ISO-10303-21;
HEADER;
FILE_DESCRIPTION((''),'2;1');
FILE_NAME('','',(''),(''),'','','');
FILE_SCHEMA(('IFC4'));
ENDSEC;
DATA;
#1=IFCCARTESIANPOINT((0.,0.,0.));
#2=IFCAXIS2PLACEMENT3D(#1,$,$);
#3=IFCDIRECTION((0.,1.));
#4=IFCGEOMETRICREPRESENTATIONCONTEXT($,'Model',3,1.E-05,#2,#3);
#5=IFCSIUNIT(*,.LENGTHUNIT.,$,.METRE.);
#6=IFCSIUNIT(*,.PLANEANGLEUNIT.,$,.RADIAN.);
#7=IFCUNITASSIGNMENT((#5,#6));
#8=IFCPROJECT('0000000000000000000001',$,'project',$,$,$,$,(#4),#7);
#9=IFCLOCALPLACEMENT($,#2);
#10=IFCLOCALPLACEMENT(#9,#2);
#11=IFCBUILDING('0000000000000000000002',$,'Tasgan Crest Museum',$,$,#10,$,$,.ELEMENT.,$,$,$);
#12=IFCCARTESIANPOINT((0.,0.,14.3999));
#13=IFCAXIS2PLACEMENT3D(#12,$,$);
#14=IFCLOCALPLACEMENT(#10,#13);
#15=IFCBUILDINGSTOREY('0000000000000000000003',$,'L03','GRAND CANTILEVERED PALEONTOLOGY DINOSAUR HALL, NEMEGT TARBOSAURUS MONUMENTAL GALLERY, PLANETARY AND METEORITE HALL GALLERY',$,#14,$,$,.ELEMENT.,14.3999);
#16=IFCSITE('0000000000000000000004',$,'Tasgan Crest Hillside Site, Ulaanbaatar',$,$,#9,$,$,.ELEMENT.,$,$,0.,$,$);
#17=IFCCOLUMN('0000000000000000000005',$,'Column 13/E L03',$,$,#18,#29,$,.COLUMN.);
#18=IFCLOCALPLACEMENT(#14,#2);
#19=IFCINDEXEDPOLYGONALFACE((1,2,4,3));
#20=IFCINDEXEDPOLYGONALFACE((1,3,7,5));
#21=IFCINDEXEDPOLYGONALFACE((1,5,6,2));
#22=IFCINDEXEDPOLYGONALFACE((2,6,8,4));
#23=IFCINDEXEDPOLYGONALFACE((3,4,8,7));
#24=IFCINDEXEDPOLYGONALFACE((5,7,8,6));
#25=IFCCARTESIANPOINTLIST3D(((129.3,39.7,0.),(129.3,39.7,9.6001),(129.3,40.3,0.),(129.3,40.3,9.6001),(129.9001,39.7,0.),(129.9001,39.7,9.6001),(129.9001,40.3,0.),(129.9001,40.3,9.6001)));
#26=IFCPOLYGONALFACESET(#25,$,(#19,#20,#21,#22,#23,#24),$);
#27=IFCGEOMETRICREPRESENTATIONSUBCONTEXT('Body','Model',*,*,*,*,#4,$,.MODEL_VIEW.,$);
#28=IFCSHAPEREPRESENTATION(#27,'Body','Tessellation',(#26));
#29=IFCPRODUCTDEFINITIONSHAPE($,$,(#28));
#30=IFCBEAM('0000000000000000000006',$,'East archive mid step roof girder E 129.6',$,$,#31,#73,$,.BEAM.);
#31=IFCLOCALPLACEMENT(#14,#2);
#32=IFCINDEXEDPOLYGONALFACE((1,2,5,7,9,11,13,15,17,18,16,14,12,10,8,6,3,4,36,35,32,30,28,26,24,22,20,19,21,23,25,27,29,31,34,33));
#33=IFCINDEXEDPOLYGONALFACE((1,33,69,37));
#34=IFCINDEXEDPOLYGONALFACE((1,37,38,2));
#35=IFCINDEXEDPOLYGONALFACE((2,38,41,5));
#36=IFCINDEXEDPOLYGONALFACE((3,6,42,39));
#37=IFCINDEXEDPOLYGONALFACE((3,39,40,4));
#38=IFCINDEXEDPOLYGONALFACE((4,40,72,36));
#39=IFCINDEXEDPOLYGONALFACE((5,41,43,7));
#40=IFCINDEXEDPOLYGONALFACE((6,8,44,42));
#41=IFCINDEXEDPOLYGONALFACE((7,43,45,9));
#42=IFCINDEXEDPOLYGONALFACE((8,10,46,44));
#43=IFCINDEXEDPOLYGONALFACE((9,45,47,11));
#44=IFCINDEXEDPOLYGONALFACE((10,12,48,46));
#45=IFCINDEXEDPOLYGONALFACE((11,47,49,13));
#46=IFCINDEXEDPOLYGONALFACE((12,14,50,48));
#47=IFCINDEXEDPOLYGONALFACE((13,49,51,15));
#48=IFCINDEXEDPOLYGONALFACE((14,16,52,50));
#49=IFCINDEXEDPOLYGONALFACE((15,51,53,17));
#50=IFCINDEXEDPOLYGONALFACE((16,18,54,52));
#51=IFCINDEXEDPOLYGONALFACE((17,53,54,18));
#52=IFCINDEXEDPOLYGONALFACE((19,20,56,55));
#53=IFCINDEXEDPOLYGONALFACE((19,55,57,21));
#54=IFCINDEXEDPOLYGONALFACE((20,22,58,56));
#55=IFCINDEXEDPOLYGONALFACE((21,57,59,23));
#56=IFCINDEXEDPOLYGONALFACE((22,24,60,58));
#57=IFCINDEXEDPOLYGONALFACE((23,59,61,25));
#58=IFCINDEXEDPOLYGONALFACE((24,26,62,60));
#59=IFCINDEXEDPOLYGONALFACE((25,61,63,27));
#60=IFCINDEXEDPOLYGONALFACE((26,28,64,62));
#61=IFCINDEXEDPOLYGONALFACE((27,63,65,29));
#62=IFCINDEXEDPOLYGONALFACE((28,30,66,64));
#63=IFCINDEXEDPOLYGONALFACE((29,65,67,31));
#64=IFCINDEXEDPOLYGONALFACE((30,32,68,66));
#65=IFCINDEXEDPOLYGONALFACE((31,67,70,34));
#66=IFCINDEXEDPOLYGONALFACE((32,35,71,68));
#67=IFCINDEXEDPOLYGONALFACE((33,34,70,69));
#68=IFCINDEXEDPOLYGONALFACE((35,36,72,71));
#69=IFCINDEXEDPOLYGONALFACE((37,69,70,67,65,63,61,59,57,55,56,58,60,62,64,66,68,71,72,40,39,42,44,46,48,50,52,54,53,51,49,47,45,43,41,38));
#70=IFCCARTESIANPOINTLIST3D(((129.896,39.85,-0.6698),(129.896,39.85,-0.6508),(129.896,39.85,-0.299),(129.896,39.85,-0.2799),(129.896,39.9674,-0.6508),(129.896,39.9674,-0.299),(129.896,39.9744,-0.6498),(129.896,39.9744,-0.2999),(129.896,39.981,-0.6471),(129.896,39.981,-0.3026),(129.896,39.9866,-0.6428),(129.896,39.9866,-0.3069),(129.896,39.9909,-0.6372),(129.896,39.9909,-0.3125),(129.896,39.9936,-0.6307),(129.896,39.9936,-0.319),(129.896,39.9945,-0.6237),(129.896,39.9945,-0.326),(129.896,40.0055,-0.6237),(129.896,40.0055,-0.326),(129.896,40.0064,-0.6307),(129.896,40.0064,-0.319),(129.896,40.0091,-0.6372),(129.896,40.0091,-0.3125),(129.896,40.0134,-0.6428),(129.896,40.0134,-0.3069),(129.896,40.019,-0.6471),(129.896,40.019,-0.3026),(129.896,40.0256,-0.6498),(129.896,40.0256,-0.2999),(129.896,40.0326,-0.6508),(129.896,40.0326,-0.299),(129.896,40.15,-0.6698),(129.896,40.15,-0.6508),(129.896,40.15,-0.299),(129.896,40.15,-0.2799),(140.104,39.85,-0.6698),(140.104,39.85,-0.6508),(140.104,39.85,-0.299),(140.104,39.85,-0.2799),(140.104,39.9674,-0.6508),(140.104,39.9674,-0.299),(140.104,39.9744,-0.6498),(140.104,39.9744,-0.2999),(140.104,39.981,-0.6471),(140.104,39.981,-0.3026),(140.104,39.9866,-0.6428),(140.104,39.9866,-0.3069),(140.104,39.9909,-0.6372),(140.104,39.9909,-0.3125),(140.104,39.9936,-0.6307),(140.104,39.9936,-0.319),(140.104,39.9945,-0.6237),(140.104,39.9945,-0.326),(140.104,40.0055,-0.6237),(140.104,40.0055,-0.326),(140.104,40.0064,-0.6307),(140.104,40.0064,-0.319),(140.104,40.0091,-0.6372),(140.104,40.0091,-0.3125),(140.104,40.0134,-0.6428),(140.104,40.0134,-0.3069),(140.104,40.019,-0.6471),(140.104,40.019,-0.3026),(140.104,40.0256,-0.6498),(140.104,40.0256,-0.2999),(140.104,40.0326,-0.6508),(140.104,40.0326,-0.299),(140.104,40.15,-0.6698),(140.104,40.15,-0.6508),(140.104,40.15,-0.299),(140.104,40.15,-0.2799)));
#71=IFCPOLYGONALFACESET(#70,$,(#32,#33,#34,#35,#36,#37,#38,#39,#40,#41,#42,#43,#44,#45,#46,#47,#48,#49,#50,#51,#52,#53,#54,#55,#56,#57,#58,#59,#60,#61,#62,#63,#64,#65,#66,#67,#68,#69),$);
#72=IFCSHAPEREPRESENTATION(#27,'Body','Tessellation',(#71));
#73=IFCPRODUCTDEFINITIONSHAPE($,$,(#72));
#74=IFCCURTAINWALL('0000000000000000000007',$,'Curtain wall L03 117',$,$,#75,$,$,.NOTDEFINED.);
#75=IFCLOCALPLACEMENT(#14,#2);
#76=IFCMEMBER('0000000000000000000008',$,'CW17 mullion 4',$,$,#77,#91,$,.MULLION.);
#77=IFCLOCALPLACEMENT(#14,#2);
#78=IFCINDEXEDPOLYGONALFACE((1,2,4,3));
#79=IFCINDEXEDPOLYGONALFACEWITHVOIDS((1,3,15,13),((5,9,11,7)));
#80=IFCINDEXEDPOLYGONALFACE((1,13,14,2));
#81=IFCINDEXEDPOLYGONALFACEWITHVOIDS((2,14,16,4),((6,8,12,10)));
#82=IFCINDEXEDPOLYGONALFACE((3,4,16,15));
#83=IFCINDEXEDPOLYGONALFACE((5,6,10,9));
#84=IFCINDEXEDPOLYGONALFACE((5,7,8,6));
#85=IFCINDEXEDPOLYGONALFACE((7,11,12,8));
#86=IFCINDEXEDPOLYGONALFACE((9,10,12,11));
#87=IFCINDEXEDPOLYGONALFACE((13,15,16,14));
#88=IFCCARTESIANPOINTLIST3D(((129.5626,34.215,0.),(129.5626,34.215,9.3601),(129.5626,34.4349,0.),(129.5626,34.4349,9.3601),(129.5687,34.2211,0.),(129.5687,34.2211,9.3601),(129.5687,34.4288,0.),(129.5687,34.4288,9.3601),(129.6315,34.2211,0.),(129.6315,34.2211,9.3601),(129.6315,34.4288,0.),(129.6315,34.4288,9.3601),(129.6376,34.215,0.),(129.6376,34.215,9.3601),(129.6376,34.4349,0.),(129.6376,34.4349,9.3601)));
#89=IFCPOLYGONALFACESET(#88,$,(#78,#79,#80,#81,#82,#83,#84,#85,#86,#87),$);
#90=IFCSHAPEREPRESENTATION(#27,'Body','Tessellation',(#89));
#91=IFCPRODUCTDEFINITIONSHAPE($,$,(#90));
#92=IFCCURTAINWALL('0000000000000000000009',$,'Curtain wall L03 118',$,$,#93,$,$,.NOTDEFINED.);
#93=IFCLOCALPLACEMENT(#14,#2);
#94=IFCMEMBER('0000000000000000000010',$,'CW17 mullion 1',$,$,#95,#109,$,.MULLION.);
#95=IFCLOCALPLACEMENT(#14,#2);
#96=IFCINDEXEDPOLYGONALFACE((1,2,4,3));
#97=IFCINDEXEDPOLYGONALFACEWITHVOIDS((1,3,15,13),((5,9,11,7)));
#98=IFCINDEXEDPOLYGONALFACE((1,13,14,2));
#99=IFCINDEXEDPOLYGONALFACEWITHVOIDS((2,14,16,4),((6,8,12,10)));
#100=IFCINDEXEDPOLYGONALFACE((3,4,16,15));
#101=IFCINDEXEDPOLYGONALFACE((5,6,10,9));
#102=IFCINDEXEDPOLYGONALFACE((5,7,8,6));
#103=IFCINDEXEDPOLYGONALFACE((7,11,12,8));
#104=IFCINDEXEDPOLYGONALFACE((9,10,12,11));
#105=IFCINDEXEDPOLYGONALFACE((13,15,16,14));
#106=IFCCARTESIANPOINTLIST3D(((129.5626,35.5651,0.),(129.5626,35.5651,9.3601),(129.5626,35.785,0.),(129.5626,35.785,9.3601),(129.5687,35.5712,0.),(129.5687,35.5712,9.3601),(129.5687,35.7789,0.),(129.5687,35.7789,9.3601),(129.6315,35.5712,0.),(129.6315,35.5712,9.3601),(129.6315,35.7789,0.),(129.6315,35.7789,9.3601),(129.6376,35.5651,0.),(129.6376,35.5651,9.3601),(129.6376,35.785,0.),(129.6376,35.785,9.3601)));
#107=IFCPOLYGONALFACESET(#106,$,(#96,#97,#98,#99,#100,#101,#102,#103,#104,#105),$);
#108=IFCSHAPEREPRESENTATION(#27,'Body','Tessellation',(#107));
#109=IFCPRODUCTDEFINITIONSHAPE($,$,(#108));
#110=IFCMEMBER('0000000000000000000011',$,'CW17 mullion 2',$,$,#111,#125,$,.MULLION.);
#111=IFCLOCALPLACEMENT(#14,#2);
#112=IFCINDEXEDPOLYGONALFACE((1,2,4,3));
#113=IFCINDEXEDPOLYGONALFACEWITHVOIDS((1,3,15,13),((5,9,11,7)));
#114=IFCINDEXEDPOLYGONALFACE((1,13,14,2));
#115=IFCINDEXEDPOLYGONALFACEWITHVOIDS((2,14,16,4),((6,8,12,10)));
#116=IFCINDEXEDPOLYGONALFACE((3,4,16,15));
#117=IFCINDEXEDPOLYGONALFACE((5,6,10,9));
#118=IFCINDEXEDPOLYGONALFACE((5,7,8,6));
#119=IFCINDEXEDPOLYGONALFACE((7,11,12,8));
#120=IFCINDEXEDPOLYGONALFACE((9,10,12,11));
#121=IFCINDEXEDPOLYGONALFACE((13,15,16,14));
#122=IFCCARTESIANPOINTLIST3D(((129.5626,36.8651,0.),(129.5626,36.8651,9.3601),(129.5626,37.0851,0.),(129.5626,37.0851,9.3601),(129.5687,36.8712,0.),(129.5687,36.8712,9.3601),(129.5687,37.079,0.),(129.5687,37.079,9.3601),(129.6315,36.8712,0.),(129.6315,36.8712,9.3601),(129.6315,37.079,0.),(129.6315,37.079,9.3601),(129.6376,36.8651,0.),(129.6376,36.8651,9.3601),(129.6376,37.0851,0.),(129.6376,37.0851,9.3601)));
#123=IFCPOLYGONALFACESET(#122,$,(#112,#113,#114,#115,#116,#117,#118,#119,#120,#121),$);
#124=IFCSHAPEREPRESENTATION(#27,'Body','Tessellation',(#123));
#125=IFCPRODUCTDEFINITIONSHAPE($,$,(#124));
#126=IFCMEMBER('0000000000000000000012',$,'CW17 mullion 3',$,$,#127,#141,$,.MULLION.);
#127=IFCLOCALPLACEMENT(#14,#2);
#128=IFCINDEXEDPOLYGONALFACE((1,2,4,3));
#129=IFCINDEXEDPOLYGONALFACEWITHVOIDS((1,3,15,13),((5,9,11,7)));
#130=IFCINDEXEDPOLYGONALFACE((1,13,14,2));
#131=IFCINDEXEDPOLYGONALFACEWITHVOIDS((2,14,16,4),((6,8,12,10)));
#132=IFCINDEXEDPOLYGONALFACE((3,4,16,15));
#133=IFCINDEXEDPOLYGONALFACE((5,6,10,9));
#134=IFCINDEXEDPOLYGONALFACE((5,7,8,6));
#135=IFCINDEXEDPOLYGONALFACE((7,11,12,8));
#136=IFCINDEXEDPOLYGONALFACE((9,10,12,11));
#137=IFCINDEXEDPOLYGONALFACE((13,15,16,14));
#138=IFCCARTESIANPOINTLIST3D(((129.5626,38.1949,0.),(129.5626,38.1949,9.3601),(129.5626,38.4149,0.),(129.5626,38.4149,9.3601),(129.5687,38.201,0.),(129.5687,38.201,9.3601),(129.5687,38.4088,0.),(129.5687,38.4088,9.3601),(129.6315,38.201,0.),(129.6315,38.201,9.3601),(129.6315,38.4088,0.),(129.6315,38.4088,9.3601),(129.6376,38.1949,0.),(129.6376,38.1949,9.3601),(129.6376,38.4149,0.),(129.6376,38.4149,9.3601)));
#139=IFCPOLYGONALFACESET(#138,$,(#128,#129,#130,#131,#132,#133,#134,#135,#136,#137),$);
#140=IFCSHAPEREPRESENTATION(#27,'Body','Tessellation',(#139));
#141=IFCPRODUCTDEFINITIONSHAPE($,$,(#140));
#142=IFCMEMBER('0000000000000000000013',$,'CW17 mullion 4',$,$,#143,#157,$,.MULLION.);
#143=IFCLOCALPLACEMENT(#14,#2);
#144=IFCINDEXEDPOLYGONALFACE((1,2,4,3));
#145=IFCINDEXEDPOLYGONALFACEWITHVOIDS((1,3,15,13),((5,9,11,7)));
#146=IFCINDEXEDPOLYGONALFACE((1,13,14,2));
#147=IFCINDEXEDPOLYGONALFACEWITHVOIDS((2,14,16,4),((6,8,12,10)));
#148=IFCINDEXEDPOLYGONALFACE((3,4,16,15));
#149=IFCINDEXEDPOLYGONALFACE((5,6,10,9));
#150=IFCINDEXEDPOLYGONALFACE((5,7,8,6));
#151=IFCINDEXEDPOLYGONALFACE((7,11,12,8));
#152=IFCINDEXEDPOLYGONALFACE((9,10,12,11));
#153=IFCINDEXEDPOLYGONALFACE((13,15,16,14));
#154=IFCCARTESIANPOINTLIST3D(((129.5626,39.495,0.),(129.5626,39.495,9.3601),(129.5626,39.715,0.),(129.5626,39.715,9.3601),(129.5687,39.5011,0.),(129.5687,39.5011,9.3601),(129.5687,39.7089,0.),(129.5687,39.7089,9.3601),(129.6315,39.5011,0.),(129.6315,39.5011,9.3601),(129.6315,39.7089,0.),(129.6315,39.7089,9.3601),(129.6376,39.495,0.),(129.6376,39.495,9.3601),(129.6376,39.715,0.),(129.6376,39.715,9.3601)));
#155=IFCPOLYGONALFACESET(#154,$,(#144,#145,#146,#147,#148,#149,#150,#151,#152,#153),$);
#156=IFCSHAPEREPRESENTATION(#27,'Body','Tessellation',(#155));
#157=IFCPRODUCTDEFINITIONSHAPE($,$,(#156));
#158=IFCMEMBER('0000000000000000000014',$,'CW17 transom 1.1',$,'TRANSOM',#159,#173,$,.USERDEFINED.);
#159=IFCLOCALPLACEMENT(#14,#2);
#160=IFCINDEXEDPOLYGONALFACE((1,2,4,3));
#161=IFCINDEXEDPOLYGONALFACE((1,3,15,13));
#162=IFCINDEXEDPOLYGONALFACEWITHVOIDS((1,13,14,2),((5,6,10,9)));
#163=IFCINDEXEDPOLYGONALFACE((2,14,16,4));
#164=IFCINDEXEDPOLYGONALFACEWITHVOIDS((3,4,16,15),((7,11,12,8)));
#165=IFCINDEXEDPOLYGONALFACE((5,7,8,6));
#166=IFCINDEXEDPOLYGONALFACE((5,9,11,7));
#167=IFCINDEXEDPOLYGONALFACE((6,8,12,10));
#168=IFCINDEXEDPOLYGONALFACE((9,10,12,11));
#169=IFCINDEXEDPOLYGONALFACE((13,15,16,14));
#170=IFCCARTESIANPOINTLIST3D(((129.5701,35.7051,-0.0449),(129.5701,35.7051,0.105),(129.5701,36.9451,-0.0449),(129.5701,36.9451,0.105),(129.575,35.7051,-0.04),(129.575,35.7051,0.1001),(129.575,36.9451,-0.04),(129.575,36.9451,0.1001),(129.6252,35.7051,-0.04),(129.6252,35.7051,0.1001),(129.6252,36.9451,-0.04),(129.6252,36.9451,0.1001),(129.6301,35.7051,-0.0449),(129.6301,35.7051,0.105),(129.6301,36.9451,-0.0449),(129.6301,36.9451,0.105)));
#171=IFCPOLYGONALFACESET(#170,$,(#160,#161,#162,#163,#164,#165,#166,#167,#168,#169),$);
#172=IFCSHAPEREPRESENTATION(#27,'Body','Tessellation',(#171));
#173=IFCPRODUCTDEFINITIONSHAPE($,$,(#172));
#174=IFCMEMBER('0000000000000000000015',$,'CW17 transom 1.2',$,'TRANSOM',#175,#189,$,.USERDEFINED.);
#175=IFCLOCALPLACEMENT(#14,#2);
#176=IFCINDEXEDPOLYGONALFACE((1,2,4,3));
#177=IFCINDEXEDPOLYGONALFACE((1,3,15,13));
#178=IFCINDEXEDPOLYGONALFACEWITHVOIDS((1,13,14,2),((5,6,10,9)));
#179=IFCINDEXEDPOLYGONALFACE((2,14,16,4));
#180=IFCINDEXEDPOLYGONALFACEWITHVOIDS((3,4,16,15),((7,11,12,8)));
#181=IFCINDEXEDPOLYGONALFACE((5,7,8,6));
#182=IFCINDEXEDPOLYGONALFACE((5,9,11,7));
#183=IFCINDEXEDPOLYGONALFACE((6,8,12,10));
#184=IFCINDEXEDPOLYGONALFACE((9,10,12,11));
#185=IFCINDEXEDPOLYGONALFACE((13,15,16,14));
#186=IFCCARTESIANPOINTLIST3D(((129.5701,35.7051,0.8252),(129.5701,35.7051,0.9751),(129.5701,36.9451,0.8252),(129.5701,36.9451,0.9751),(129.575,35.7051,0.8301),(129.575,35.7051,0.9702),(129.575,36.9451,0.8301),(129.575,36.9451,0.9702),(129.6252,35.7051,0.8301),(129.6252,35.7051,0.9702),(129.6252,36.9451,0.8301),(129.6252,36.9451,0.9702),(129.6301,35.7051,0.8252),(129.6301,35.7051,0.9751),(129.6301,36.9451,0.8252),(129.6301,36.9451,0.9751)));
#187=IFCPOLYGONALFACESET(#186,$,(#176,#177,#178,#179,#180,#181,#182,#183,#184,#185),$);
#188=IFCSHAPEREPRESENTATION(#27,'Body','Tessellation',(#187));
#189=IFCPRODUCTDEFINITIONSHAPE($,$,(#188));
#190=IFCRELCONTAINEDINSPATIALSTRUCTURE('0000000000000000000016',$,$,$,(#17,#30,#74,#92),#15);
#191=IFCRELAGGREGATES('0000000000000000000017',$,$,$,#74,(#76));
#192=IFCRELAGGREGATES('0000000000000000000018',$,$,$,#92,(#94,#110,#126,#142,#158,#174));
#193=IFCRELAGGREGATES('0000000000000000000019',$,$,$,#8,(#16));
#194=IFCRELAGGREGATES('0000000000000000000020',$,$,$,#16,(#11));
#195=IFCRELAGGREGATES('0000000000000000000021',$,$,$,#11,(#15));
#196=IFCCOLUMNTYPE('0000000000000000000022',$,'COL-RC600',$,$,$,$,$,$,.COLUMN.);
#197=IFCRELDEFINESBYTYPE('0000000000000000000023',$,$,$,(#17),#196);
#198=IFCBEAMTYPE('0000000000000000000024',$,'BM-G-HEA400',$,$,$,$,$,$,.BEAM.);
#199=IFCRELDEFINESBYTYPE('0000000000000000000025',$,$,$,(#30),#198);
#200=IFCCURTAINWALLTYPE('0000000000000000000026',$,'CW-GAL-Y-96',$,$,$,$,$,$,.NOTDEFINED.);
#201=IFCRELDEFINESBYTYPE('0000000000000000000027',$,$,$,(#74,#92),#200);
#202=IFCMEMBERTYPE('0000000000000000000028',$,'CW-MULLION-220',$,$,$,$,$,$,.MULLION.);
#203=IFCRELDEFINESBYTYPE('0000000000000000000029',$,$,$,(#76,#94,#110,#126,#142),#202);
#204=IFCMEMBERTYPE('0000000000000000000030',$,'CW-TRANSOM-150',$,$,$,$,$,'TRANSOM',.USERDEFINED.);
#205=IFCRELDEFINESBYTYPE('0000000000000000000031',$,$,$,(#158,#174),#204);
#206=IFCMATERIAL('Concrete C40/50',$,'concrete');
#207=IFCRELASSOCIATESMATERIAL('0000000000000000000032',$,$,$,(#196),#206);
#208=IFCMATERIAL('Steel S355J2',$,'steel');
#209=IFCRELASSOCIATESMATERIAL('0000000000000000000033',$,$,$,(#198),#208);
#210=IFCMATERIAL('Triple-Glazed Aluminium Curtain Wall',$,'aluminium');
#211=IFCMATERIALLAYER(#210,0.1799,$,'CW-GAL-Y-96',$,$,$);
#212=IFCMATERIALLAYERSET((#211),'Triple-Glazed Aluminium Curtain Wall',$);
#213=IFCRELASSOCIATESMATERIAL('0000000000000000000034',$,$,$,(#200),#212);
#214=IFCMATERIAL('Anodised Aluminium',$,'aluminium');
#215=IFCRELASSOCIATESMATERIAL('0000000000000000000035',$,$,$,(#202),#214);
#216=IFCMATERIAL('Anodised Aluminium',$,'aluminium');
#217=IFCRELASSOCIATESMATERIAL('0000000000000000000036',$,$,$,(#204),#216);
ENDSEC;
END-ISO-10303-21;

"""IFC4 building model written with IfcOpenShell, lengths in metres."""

from ifc_helpers import new_model, si_unit, direction, frame, origin, origin_2d, place, context, subcontext, project, spatial, rectangle, hollow_rectangle, i_section, extrude, material, layer, layer_set, material_profile, profile_set, type_object, element, aggregate, save


model = new_model("IFC4")

# Units and contexts
model_context = context("Model", 3, precision=1e-05, world=origin(), true_north=direction((0.0, 1.0)))
body_context = subcontext(model_context, "Body", "Model", "MODEL_VIEW")
ifc_project = project(units=[si_unit("LENGTHUNIT", "METRE"), si_unit("PLANEANGLEUNIT", "RADIAN")], contexts=[model_context])

# Site, building, storey
site_placement = place(None, origin())
site = spatial("IfcSite", under=ifc_project, at=site_placement, Name="Tasgan Crest Hillside Site, Ulaanbaatar", CompositionType="ELEMENT", RefElevation=0.0)
building_placement = place(site_placement, origin())
building = spatial("IfcBuilding", under=site, at=building_placement, Name="Tasgan Crest Museum", CompositionType="ELEMENT")
storey_placement = place(building_placement, frame((0.0, 0.0, 14.3999)))
storey = spatial("IfcBuildingStorey", under=building, at=storey_placement, Name="L03", Description="GRAND CANTILEVERED PALEONTOLOGY DINOSAUR HALL, NEMEGT TARBOSAURUS MONUMENTAL GALLERY, PLANETARY AND METEORITE HALL GALLERY", CompositionType="ELEMENT", Elevation=14.3999)

# Column
ifc_material_1 = material(Name="Concrete C40/50", Category="concrete")
ifc_material_profile_1 = material_profile(ifc_material_1, rectangle(XDim=0.6001, YDim=0.6001, at=origin_2d()), Name="RC 600x600")
ifc_profile_set_1 = profile_set([ifc_material_profile_1], Name="Concrete C40/50")
column_type = type_object("IfcColumnType", Name="COL-RC600", PredefinedType="COLUMN", material=ifc_profile_set_1)
column_placement = place(storey_placement, frame((129.6001, 40.0, 0.0), z_axis=(0.0, 0.0, 1.0), x_axis=(1.0, 0.0, 0.0)))
element("IfcColumn", 1, at=column_placement, inside=storey, type_object=column_type, Name="Column 13/E L03", PredefinedType="COLUMN", context=body_context, shape_type="SweptSolid", body=[
    extrude(rectangle(XDim=0.6001, YDim=0.6001, at=origin_2d()), origin(), (0.0, 0.0, 1.0), 9.6001),
])

# Beam
ifc_material_2 = material(Name="Steel S355J2", Category="steel")
ifc_material_profile_2 = material_profile(ifc_material_2, i_section(OverallWidth=0.3, OverallDepth=0.3899, WebThickness=0.011, FlangeThickness=0.019, FilletRadius=0.0271, at=origin_2d()), Name="HEA 400")
ifc_profile_set_2 = profile_set([ifc_material_profile_2], Name="Steel S355J2")
beam_type = type_object("IfcBeamType", Name="BM-G-HEA400", PredefinedType="BEAM", material=ifc_profile_set_2)
beam_placement = place(storey_placement, frame((129.896, 40.0, -0.4749), z_axis=(1.0, 0.0, 0.0), x_axis=(0.0, 1.0, 0.0)))
element("IfcBeam", 2, at=beam_placement, inside=storey, type_object=beam_type, Name="East archive mid step roof girder E 129.6", PredefinedType="BEAM", context=body_context, shape_type="SweptSolid", body=[
    extrude(i_section(OverallWidth=0.3, OverallDepth=0.3899, WebThickness=0.011, FlangeThickness=0.019, FilletRadius=0.0271, at=origin_2d()), origin(), (0.0, 0.0, 1.0), 10.208),
])

# Curtain wall, member
ifc_material_3 = material(Name="Triple-Glazed Aluminium Curtain Wall", Category="aluminium")
ifc_layer_1 = layer(ifc_material_3, 0.1799, Name="CW-GAL-Y-96")
ifc_layer_set_1 = layer_set([ifc_layer_1], Name="Triple-Glazed Aluminium Curtain Wall")
curtain_wall_type = type_object("IfcCurtainWallType", Name="CW-GAL-Y-96", PredefinedType="NOTDEFINED", material=ifc_layer_set_1)
curtain_wall_1_placement = place(storey_placement, origin())
curtain_wall_1 = element("IfcCurtainWall", 3, at=curtain_wall_1_placement, inside=storey, type_object=curtain_wall_type, Name="Curtain wall L03 117", PredefinedType="NOTDEFINED")
ifc_material_4 = material(Name="Anodised Aluminium", Category="aluminium")
ifc_material_profile_3 = material_profile(ifc_material_4, hollow_rectangle(XDim=0.075, YDim=0.22, WallThickness=0.0061, at=origin_2d()), Name="ALU MULLION 220x75x6")
ifc_profile_set_3 = profile_set([ifc_material_profile_3], Name="Anodised Aluminium")
member_type_1 = type_object("IfcMemberType", Name="CW-MULLION-220", PredefinedType="MULLION", material=ifc_profile_set_3)
member_1_placement = place(storey_placement, frame((129.6001, 34.325, 0.0), z_axis=(0.0, 0.0, 1.0), x_axis=(-1.0, 0.0, 0.0)))
member_1 = element("IfcMember", 4, at=member_1_placement, type_object=member_type_1, Name="CW17 mullion 4", PredefinedType="MULLION", context=body_context, shape_type="SweptSolid", body=[
    extrude(hollow_rectangle(XDim=0.075, YDim=0.22, WallThickness=0.0061, at=origin_2d()), origin(), (0.0, 0.0, 1.0), 9.3601),
])
aggregate(curtain_wall_1, [member_1])

# Curtain wall, members
curtain_wall_2_placement = place(storey_placement, origin())
curtain_wall_2 = element("IfcCurtainWall", 5, at=curtain_wall_2_placement, inside=storey, type_object=curtain_wall_type, Name="Curtain wall L03 118", PredefinedType="NOTDEFINED")
member_2_placement = place(storey_placement, frame((129.6001, 35.675, 0.0), z_axis=(0.0, 0.0, 1.0), x_axis=(-1.0, 0.0, 0.0)))
member_2 = element("IfcMember", 6, at=member_2_placement, type_object=member_type_1, Name="CW17 mullion 1", PredefinedType="MULLION", context=body_context, shape_type="SweptSolid", body=[
    extrude(hollow_rectangle(XDim=0.075, YDim=0.22, WallThickness=0.0061, at=origin_2d()), origin(), (0.0, 0.0, 1.0), 9.3601),
])
member_3_placement = place(storey_placement, frame((129.6001, 36.9751, 0.0), z_axis=(0.0, 0.0, 1.0), x_axis=(-1.0, 0.0, 0.0)))
member_3 = element("IfcMember", 7, at=member_3_placement, type_object=member_type_1, Name="CW17 mullion 2", PredefinedType="MULLION", context=body_context, shape_type="SweptSolid", body=[
    extrude(hollow_rectangle(XDim=0.075, YDim=0.22, WallThickness=0.0061, at=origin_2d()), origin(), (0.0, 0.0, 1.0), 9.3601),
])
member_4_placement = place(storey_placement, frame((129.6001, 38.3049, 0.0), z_axis=(0.0, 0.0, 1.0), x_axis=(-1.0, 0.0, 0.0)))
member_4 = element("IfcMember", 8, at=member_4_placement, type_object=member_type_1, Name="CW17 mullion 3", PredefinedType="MULLION", context=body_context, shape_type="SweptSolid", body=[
    extrude(hollow_rectangle(XDim=0.075, YDim=0.22, WallThickness=0.0061, at=origin_2d()), origin(), (0.0, 0.0, 1.0), 9.3601),
])
member_5_placement = place(storey_placement, frame((129.6001, 39.605, 0.0), z_axis=(0.0, 0.0, 1.0), x_axis=(-1.0, 0.0, 0.0)))
member_5 = element("IfcMember", 9, at=member_5_placement, type_object=member_type_1, Name="CW17 mullion 4", PredefinedType="MULLION", context=body_context, shape_type="SweptSolid", body=[
    extrude(hollow_rectangle(XDim=0.075, YDim=0.22, WallThickness=0.0061, at=origin_2d()), origin(), (0.0, 0.0, 1.0), 9.3601),
])
ifc_material_5 = material(Name="Anodised Aluminium", Category="aluminium")
ifc_material_profile_4 = material_profile(ifc_material_5, hollow_rectangle(XDim=0.0601, YDim=0.1499, WallThickness=0.0049, at=origin_2d()), Name="ALU TRANSOM 150x60x5")
ifc_profile_set_4 = profile_set([ifc_material_profile_4], Name="Anodised Aluminium")
member_type_2 = type_object("IfcMemberType", Name="CW-TRANSOM-150", ElementType="TRANSOM", PredefinedType="USERDEFINED", material=ifc_profile_set_4)
member_6_placement = place(storey_placement, frame((129.6001, 35.7051, 0.03), z_axis=(0.0, 1.0, 0.0), x_axis=(-1.0, 0.0, 0.0)))
member_6 = element("IfcMember", 10, at=member_6_placement, type_object=member_type_2, Name="CW17 transom 1.1", ObjectType="TRANSOM", PredefinedType="USERDEFINED", context=body_context, shape_type="SweptSolid", body=[
    extrude(hollow_rectangle(XDim=0.0601, YDim=0.1499, WallThickness=0.0049, at=origin_2d()), origin(), (0.0, 0.0, 1.0), 1.24),
])
member_7_placement = place(storey_placement, frame((129.6001, 35.7051, 0.9001), z_axis=(0.0, 1.0, 0.0), x_axis=(-1.0, 0.0, 0.0)))
member_7 = element("IfcMember", 11, at=member_7_placement, type_object=member_type_2, Name="CW17 transom 1.2", ObjectType="TRANSOM", PredefinedType="USERDEFINED", context=body_context, shape_type="SweptSolid", body=[
    extrude(hollow_rectangle(XDim=0.0601, YDim=0.1499, WallThickness=0.0049, at=origin_2d()), origin(), (0.0, 0.0, 1.0), 1.24),
])
aggregate(curtain_wall_2, [member_2, member_3, member_4, member_5, member_6, member_7])

save(model, "model.ifc")
